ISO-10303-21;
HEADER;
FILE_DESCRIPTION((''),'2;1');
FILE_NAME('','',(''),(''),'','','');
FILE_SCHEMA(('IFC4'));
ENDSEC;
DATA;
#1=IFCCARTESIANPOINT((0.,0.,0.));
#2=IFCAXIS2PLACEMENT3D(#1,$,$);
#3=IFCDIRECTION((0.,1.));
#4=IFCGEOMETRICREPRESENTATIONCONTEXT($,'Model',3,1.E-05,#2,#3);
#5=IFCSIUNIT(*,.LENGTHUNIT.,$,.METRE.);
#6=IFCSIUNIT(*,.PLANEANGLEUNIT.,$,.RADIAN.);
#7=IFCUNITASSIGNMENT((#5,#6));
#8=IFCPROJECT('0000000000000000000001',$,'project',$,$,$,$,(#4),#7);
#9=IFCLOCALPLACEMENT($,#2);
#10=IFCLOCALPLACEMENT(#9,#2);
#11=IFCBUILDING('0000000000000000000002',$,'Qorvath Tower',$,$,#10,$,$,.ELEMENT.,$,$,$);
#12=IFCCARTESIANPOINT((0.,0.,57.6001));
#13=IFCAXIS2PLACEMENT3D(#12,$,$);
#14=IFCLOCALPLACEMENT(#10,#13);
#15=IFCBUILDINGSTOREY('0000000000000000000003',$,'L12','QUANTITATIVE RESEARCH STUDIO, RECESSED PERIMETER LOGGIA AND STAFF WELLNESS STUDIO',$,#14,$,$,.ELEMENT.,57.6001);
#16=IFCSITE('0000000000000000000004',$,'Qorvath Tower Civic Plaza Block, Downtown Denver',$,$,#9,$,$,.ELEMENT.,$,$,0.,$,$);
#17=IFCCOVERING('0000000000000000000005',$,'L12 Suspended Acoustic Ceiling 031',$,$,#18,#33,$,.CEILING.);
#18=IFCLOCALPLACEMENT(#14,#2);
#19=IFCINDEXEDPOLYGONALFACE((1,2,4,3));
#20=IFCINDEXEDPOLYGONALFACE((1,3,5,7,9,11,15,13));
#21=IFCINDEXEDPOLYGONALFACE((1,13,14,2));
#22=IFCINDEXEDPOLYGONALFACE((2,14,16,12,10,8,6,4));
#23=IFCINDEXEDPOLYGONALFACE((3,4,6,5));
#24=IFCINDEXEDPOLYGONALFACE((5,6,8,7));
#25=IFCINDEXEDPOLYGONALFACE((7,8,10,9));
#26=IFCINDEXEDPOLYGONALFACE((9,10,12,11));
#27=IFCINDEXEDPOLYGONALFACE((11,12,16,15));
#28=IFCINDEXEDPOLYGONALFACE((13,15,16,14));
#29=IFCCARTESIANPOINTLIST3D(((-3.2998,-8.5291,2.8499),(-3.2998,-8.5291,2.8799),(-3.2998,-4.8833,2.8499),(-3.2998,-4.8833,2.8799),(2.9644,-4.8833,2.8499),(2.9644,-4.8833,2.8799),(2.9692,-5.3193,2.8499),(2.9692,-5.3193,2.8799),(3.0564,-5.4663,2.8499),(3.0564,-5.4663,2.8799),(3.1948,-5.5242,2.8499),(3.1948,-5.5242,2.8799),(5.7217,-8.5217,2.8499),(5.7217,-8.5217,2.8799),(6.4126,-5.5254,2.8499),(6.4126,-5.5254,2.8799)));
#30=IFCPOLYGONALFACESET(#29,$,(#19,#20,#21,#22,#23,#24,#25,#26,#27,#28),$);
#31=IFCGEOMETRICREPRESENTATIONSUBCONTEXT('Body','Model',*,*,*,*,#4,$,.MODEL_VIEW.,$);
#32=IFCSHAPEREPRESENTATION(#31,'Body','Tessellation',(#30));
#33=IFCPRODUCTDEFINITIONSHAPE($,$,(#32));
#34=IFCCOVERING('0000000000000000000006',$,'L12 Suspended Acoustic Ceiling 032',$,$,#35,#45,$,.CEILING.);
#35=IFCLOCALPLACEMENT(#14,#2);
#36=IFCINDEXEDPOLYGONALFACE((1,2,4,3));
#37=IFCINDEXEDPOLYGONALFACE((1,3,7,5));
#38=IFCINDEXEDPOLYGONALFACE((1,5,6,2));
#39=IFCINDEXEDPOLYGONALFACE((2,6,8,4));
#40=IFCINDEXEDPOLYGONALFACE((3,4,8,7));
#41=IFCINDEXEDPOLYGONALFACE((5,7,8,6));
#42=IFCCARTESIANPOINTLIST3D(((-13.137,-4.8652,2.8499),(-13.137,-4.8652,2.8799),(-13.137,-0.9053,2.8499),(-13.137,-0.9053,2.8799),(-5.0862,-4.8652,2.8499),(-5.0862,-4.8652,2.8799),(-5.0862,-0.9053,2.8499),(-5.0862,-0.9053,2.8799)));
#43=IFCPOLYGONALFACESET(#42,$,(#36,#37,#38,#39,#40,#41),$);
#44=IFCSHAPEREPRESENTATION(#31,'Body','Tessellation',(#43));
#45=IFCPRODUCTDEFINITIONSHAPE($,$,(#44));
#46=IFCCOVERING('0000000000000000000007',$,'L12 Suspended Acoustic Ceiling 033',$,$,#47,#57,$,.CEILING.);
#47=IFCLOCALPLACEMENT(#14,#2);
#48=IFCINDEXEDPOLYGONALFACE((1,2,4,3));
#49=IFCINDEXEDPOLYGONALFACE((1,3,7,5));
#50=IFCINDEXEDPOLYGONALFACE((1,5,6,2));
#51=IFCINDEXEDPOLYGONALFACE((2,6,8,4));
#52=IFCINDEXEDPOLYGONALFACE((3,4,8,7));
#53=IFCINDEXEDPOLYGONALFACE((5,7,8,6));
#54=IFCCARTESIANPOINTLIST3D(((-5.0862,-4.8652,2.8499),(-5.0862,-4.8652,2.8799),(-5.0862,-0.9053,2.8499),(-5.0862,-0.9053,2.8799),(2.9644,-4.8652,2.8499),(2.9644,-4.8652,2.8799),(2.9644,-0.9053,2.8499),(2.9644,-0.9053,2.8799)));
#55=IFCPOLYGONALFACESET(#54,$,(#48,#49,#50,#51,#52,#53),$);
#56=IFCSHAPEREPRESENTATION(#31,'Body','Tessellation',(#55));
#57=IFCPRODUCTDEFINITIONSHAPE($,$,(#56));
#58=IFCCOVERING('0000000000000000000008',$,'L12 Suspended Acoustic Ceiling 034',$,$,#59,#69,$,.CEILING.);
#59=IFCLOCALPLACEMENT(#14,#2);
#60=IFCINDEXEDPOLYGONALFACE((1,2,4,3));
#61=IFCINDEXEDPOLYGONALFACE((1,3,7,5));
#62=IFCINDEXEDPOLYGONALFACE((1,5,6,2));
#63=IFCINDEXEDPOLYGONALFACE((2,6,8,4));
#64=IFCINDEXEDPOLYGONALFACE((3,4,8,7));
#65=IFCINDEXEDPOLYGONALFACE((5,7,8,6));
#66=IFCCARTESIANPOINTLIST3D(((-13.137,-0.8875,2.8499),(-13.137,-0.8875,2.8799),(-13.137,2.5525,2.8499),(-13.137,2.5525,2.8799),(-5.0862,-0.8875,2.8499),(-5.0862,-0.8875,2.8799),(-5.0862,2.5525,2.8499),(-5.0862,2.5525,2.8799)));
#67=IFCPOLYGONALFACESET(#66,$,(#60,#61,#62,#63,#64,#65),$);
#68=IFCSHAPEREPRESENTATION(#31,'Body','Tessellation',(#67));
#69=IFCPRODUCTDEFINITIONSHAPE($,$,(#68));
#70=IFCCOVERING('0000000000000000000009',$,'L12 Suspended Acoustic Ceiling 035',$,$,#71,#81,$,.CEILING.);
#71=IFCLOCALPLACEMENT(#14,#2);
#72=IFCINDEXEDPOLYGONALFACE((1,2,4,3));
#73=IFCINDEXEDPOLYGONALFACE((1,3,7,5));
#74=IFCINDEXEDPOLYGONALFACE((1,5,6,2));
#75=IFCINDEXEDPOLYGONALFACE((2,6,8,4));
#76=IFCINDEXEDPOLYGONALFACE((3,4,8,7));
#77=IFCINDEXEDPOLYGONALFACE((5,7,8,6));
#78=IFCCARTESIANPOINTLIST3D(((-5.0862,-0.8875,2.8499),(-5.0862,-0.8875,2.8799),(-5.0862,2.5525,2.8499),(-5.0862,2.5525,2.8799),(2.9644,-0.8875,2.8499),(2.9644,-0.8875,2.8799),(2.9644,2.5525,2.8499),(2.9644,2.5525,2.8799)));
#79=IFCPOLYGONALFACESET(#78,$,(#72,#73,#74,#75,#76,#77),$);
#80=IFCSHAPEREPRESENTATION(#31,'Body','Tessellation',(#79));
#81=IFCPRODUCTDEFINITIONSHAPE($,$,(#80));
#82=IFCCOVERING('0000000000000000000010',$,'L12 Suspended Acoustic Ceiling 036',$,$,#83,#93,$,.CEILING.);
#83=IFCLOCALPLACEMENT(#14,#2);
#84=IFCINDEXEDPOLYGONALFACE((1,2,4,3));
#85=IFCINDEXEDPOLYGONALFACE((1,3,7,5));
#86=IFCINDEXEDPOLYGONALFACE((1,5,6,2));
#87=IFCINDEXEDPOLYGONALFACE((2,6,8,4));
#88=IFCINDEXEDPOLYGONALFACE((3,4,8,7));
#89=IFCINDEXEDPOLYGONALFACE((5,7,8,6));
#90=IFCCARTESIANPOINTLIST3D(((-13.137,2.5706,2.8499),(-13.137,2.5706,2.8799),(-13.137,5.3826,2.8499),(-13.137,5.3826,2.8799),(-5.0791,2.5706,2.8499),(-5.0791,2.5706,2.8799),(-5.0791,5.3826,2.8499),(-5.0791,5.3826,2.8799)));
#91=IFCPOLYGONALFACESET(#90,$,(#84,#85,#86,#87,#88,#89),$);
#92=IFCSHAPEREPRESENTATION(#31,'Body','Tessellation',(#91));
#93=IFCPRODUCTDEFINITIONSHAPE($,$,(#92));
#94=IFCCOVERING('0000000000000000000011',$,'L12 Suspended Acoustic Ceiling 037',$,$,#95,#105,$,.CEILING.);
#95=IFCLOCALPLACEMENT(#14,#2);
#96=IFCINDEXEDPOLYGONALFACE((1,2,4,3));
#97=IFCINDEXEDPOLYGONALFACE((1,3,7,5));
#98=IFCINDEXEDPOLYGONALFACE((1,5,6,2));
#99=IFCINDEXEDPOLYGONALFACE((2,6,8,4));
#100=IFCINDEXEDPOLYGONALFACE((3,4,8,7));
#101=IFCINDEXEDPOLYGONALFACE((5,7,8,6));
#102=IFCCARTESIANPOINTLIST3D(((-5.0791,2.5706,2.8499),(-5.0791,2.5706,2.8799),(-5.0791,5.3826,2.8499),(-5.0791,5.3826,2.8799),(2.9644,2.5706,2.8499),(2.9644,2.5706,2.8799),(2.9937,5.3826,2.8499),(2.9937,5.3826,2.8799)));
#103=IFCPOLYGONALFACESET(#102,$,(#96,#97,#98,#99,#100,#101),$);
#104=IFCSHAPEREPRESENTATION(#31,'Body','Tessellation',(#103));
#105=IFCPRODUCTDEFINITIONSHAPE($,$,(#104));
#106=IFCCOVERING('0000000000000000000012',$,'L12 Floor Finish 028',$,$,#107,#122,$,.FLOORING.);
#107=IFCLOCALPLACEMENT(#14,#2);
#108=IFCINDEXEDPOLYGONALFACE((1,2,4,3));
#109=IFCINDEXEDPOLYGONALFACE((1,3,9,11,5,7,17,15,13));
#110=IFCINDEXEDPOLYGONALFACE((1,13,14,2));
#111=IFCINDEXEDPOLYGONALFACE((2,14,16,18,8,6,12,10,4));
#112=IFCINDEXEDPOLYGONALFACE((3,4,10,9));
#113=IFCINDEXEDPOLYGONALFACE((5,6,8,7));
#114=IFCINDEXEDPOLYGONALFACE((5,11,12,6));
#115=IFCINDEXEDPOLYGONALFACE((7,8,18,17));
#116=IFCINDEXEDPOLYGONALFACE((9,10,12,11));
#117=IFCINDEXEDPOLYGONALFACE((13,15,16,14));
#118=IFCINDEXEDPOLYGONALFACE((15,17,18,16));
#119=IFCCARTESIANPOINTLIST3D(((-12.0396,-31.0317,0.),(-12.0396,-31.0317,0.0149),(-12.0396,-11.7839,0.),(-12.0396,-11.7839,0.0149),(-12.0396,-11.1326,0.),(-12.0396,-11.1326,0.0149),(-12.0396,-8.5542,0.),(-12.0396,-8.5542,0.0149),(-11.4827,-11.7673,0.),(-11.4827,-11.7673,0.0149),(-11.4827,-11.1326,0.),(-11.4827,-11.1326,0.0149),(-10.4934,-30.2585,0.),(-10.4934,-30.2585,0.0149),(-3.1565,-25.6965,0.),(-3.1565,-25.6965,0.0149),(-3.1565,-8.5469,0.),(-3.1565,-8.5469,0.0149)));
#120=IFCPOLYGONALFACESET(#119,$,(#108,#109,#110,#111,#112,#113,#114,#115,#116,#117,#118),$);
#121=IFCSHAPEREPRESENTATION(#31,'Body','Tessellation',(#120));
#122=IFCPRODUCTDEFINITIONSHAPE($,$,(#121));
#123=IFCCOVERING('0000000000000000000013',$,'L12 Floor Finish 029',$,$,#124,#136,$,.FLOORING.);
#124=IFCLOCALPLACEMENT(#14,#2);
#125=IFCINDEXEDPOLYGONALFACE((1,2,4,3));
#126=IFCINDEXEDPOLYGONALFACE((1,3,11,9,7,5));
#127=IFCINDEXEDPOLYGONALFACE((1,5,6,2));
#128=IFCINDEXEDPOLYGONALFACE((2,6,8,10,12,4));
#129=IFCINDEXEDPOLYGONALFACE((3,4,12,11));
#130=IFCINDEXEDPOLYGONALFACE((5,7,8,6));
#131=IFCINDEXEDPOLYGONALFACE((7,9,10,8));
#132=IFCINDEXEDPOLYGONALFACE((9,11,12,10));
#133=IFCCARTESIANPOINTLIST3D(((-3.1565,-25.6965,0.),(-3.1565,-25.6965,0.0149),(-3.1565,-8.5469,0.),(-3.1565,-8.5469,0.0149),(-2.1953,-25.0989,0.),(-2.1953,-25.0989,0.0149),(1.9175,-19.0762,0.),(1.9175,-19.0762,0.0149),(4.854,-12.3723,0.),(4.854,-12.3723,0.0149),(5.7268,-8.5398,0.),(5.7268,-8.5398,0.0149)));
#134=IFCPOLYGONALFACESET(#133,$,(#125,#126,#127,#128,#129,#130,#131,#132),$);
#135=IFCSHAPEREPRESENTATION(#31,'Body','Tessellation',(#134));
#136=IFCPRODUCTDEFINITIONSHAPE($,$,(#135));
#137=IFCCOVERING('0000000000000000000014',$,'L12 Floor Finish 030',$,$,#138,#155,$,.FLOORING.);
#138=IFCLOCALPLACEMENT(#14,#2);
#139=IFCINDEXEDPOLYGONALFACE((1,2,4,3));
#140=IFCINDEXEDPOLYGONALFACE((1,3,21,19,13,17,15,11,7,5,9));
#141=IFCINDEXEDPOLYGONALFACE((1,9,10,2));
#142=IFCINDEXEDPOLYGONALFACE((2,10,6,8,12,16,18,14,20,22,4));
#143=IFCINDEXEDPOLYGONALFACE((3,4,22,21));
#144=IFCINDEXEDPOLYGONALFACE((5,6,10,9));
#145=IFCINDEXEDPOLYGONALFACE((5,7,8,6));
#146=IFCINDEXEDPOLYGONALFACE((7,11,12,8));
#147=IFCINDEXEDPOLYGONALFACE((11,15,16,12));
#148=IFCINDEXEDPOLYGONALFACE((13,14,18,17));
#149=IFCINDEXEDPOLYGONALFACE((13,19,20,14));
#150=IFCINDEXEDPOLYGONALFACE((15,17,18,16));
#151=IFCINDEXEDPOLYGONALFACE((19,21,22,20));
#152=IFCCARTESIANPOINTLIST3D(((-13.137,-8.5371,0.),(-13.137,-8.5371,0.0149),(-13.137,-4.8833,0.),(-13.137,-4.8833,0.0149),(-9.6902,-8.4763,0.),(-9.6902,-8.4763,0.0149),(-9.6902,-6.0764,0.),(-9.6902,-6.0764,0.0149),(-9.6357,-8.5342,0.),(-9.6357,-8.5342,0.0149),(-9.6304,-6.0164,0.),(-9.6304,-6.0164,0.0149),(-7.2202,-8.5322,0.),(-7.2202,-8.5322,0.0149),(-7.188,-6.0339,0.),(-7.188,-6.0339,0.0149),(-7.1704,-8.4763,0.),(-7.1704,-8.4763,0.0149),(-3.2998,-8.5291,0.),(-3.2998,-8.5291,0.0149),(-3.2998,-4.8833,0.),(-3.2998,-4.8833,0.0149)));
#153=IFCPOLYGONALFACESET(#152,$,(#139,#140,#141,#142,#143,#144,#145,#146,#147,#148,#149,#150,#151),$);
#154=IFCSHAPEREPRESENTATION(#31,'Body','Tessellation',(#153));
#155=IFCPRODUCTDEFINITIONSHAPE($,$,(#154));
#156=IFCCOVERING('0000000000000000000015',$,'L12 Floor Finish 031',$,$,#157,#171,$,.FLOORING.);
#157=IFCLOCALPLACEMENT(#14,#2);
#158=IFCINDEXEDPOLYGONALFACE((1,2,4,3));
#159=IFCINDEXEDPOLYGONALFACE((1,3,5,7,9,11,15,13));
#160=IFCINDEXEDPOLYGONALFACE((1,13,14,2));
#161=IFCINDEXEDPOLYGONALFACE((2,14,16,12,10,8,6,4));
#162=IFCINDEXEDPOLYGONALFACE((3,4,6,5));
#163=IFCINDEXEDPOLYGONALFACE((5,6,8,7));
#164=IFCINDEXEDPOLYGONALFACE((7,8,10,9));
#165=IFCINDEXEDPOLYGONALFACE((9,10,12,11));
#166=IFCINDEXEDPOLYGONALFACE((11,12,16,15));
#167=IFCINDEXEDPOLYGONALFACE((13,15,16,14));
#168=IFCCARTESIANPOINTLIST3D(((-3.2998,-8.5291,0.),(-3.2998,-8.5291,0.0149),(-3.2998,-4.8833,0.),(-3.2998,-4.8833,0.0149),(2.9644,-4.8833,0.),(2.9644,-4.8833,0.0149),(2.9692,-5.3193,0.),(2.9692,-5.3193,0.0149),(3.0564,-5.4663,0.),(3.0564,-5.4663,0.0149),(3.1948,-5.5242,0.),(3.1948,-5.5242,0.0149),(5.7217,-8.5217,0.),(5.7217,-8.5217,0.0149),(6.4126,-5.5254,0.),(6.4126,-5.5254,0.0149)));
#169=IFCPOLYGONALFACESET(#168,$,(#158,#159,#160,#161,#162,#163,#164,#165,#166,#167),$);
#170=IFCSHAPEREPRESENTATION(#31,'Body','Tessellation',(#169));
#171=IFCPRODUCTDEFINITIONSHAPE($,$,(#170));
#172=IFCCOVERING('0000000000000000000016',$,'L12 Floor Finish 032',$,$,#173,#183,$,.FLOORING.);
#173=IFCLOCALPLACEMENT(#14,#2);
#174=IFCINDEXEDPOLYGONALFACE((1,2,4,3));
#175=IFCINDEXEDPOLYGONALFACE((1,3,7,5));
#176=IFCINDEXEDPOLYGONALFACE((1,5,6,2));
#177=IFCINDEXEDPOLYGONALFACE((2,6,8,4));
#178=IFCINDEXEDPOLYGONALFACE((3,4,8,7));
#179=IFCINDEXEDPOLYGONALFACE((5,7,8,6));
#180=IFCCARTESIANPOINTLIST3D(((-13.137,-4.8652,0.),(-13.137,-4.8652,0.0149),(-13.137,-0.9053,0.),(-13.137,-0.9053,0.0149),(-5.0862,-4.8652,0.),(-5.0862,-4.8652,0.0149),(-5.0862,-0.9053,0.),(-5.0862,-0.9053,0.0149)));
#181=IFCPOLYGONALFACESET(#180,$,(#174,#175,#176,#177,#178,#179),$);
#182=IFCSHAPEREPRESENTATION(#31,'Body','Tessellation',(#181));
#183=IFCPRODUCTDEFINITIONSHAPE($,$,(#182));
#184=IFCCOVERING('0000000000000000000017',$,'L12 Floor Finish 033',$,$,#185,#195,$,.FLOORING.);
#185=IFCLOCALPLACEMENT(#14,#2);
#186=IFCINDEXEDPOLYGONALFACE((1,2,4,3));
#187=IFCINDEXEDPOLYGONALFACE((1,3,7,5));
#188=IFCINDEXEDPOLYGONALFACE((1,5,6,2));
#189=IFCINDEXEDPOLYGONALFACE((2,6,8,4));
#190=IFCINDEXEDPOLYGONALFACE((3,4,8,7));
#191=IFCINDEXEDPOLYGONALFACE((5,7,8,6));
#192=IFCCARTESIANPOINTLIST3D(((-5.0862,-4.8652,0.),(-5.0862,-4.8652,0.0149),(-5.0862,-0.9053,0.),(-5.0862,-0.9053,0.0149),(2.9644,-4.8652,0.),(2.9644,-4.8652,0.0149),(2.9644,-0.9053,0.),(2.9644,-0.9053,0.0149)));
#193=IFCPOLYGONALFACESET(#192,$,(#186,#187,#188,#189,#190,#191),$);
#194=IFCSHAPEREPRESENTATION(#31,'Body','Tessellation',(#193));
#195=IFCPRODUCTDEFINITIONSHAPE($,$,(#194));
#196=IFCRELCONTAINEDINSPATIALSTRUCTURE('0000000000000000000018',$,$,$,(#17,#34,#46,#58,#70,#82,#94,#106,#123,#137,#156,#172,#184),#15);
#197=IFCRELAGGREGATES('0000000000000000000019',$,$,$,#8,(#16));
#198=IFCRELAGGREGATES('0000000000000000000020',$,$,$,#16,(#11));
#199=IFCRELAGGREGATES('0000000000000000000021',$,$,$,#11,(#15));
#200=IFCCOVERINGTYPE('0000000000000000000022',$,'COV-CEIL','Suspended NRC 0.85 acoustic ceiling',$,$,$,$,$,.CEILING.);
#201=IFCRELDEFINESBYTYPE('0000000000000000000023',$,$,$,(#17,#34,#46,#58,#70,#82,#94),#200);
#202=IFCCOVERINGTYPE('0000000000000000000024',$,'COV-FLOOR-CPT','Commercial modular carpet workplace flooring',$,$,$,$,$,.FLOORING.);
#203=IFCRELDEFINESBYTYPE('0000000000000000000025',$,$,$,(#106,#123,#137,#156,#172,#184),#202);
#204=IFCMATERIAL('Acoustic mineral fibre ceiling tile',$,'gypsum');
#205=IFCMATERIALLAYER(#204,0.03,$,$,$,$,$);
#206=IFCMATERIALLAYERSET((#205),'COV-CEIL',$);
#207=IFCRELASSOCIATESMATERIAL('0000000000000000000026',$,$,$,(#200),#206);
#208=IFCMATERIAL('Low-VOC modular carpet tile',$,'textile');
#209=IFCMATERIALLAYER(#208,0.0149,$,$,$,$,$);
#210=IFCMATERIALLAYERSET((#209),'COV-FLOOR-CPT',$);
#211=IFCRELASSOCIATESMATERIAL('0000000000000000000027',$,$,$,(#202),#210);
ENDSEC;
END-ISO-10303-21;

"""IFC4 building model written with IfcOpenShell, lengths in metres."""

from ifc_helpers import new_model, si_unit, direction, frame, origin, place, context, subcontext, project, spatial, polyline, outline, extrude, material, layer, layer_set, type_object, element, save


model = new_model("IFC4")

# Units and contexts
model_context = context("Model", 3, precision=1e-05, world=origin(), true_north=direction((0.0, 1.0)))
body_context = subcontext(model_context, "Body", "Model", "MODEL_VIEW")
ifc_project = project(units=[si_unit("LENGTHUNIT", "METRE"), si_unit("PLANEANGLEUNIT", "RADIAN")], contexts=[model_context])

# Site, building, storey
site_placement = place(None, origin())
site = spatial("IfcSite", under=ifc_project, at=site_placement, Name="Qorvath Tower Civic Plaza Block, Downtown Denver", CompositionType="ELEMENT", RefElevation=0.0)
building_placement = place(site_placement, origin())
building = spatial("IfcBuilding", under=site, at=building_placement, Name="Qorvath Tower", CompositionType="ELEMENT")
storey_placement = place(building_placement, frame((0.0, 0.0, 57.6001)))
storey = spatial("IfcBuildingStorey", under=building, at=storey_placement, Name="L12", Description="QUANTITATIVE RESEARCH STUDIO, RECESSED PERIMETER LOGGIA AND STAFF WELLNESS STUDIO", CompositionType="ELEMENT", Elevation=57.6001)

# Coverings
ifc_material_1 = material(Name="Acoustic mineral fibre ceiling tile", Category="gypsum")
ifc_layer_1 = layer(ifc_material_1, 0.03)
ifc_layer_set_1 = layer_set([ifc_layer_1], Name="COV-CEIL")
covering_type_1 = type_object("IfcCoveringType", Name="COV-CEIL", Description="Suspended NRC 0.85 acoustic ceiling", PredefinedType="CEILING", material=ifc_layer_set_1)
covering_1_placement = place(storey_placement, frame((0.0, 0.0, 2.8499)))
element("IfcCovering", 1, at=covering_1_placement, inside=storey, type_object=covering_type_1, Name="L12 Suspended Acoustic Ceiling 031", PredefinedType="CEILING", context=body_context, shape_type="SweptSolid", body=[
    extrude(outline(polyline([(3.0564, -5.4663), (2.9692, -5.3193), (2.9644, -4.8833), (-3.2998, -4.8833), (-3.2998, -8.5291), (5.7217, -8.5217), (6.4126, -5.5254), (3.1948, -5.5242), (3.0564, -5.4663)])), origin(), (0.0, 0.0, 1.0), 0.03),
])
covering_2_placement = place(storey_placement, frame((0.0, 0.0, 2.8499)))
element("IfcCovering", 2, at=covering_2_placement, inside=storey, type_object=covering_type_1, Name="L12 Suspended Acoustic Ceiling 032", PredefinedType="CEILING", context=body_context, shape_type="SweptSolid", body=[
    extrude(outline(polyline([(-13.137, -4.8652), (-5.0862, -4.8652), (-5.0862, -0.9053), (-13.137, -0.9053), (-13.137, -4.8652)])), origin(), (0.0, 0.0, 1.0), 0.03),
])
covering_3_placement = place(storey_placement, frame((0.0, 0.0, 2.8499)))
element("IfcCovering", 3, at=covering_3_placement, inside=storey, type_object=covering_type_1, Name="L12 Suspended Acoustic Ceiling 033", PredefinedType="CEILING", context=body_context, shape_type="SweptSolid", body=[
    extrude(outline(polyline([(-5.0862, -0.9053), (-5.0862, -4.8652), (2.9644, -4.8652), (2.9644, -0.9053), (-5.0862, -0.9053)])), origin(), (0.0, 0.0, 1.0), 0.03),
])
covering_4_placement = place(storey_placement, frame((0.0, 0.0, 2.8499)))
element("IfcCovering", 4, at=covering_4_placement, inside=storey, type_object=covering_type_1, Name="L12 Suspended Acoustic Ceiling 034", PredefinedType="CEILING", context=body_context, shape_type="SweptSolid", body=[
    extrude(outline(polyline([(-13.137, -0.8875), (-5.0862, -0.8875), (-5.0862, 2.5525), (-13.137, 2.5525), (-13.137, -0.8875)])), origin(), (0.0, 0.0, 1.0), 0.03),
])
covering_5_placement = place(storey_placement, frame((0.0, 0.0, 2.8499)))
element("IfcCovering", 5, at=covering_5_placement, inside=storey, type_object=covering_type_1, Name="L12 Suspended Acoustic Ceiling 035", PredefinedType="CEILING", context=body_context, shape_type="SweptSolid", body=[
    extrude(outline(polyline([(-5.0862, 2.5525), (-5.0862, -0.8875), (2.9644, -0.8875), (2.9644, 2.5525), (-5.0862, 2.5525)])), origin(), (0.0, 0.0, 1.0), 0.03),
])
covering_6_placement = place(storey_placement, frame((0.0, 0.0, 2.8499)))
element("IfcCovering", 6, at=covering_6_placement, inside=storey, type_object=covering_type_1, Name="L12 Suspended Acoustic Ceiling 036", PredefinedType="CEILING", context=body_context, shape_type="SweptSolid", body=[
    extrude(outline(polyline([(-13.137, 2.5706), (-5.0791, 2.5706), (-5.0791, 5.3826), (-13.137, 5.3826), (-13.137, 2.5706)])), origin(), (0.0, 0.0, 1.0), 0.03),
])
covering_7_placement = place(storey_placement, frame((0.0, 0.0, 2.8499)))
element("IfcCovering", 7, at=covering_7_placement, inside=storey, type_object=covering_type_1, Name="L12 Suspended Acoustic Ceiling 037", PredefinedType="CEILING", context=body_context, shape_type="SweptSolid", body=[
    extrude(outline(polyline([(-5.0791, 5.3826), (-5.0791, 2.5706), (2.9644, 2.5706), (2.9937, 5.3826), (-5.0791, 5.3826)])), origin(), (0.0, 0.0, 1.0), 0.03),
])
ifc_material_2 = material(Name="Low-VOC modular carpet tile", Category="textile")
ifc_layer_2 = layer(ifc_material_2, 0.0149)
ifc_layer_set_2 = layer_set([ifc_layer_2], Name="COV-FLOOR-CPT")
covering_type_2 = type_object("IfcCoveringType", Name="COV-FLOOR-CPT", Description="Commercial modular carpet workplace flooring", PredefinedType="FLOORING", material=ifc_layer_set_2)
covering_8_placement = place(storey_placement, origin())
element("IfcCovering", 8, at=covering_8_placement, inside=storey, type_object=covering_type_2, Name="L12 Floor Finish 028", PredefinedType="FLOORING", context=body_context, shape_type="SweptSolid", body=[
    extrude(outline(polyline([(-12.0396, -8.5542), (-12.0396, -11.1326), (-11.4827, -11.1326), (-11.4827, -11.7673), (-12.0396, -11.7839), (-12.0396, -31.0317), (-10.4934, -30.2585), (-3.1565, -25.6965), (-3.1565, -8.5469), (-12.0396, -8.5542)])), origin(), (0.0, 0.0, 1.0), 0.0149),
])
covering_9_placement = place(storey_placement, origin())
element("IfcCovering", 9, at=covering_9_placement, inside=storey, type_object=covering_type_2, Name="L12 Floor Finish 029", PredefinedType="FLOORING", context=body_context, shape_type="SweptSolid", body=[
    extrude(outline(polyline([(-3.1565, -8.5469), (-3.1565, -25.6965), (-2.1953, -25.0989), (1.9175, -19.0762), (4.854, -12.3723), (5.7268, -8.5398), (-3.1565, -8.5469)])), origin(), (0.0, 0.0, 1.0), 0.0149),
])
covering_10_placement = place(storey_placement, origin())
element("IfcCovering", 10, at=covering_10_placement, inside=storey, type_object=covering_type_2, Name="L12 Floor Finish 030", PredefinedType="FLOORING", context=body_context, shape_type="SweptSolid", body=[
    extrude(outline(polyline([(-3.2998, -8.5291), (-3.2998, -4.8833), (-13.137, -4.8833), (-13.137, -8.5371), (-9.6357, -8.5342), (-9.6902, -8.4763), (-9.6902, -6.0764), (-9.6304, -6.0164), (-7.188, -6.0339), (-7.1704, -8.4763), (-7.2202, -8.5322), (-3.2998, -8.5291)])), origin(), (0.0, 0.0, 1.0), 0.0149),
])
covering_11_placement = place(storey_placement, origin())
element("IfcCovering", 11, at=covering_11_placement, inside=storey, type_object=covering_type_2, Name="L12 Floor Finish 031", PredefinedType="FLOORING", context=body_context, shape_type="SweptSolid", body=[
    extrude(outline(polyline([(3.0564, -5.4663), (2.9692, -5.3193), (2.9644, -4.8833), (-3.2998, -4.8833), (-3.2998, -8.5291), (5.7217, -8.5217), (6.4126, -5.5254), (3.1948, -5.5242), (3.0564, -5.4663)])), origin(), (0.0, 0.0, 1.0), 0.0149),
])
covering_12_placement = place(storey_placement, origin())
element("IfcCovering", 12, at=covering_12_placement, inside=storey, type_object=covering_type_2, Name="L12 Floor Finish 032", PredefinedType="FLOORING", context=body_context, shape_type="SweptSolid", body=[
    extrude(outline(polyline([(-13.137, -4.8652), (-5.0862, -4.8652), (-5.0862, -0.9053), (-13.137, -0.9053), (-13.137, -4.8652)])), origin(), (0.0, 0.0, 1.0), 0.0149),
])
covering_13_placement = place(storey_placement, origin())
element("IfcCovering", 13, at=covering_13_placement, inside=storey, type_object=covering_type_2, Name="L12 Floor Finish 033", PredefinedType="FLOORING", context=body_context, shape_type="SweptSolid", body=[
    extrude(outline(polyline([(-5.0862, -0.9053), (-5.0862, -4.8652), (2.9644, -4.8652), (2.9644, -0.9053), (-5.0862, -0.9053)])), origin(), (0.0, 0.0, 1.0), 0.0149),
])

save(model, "model.ifc")
